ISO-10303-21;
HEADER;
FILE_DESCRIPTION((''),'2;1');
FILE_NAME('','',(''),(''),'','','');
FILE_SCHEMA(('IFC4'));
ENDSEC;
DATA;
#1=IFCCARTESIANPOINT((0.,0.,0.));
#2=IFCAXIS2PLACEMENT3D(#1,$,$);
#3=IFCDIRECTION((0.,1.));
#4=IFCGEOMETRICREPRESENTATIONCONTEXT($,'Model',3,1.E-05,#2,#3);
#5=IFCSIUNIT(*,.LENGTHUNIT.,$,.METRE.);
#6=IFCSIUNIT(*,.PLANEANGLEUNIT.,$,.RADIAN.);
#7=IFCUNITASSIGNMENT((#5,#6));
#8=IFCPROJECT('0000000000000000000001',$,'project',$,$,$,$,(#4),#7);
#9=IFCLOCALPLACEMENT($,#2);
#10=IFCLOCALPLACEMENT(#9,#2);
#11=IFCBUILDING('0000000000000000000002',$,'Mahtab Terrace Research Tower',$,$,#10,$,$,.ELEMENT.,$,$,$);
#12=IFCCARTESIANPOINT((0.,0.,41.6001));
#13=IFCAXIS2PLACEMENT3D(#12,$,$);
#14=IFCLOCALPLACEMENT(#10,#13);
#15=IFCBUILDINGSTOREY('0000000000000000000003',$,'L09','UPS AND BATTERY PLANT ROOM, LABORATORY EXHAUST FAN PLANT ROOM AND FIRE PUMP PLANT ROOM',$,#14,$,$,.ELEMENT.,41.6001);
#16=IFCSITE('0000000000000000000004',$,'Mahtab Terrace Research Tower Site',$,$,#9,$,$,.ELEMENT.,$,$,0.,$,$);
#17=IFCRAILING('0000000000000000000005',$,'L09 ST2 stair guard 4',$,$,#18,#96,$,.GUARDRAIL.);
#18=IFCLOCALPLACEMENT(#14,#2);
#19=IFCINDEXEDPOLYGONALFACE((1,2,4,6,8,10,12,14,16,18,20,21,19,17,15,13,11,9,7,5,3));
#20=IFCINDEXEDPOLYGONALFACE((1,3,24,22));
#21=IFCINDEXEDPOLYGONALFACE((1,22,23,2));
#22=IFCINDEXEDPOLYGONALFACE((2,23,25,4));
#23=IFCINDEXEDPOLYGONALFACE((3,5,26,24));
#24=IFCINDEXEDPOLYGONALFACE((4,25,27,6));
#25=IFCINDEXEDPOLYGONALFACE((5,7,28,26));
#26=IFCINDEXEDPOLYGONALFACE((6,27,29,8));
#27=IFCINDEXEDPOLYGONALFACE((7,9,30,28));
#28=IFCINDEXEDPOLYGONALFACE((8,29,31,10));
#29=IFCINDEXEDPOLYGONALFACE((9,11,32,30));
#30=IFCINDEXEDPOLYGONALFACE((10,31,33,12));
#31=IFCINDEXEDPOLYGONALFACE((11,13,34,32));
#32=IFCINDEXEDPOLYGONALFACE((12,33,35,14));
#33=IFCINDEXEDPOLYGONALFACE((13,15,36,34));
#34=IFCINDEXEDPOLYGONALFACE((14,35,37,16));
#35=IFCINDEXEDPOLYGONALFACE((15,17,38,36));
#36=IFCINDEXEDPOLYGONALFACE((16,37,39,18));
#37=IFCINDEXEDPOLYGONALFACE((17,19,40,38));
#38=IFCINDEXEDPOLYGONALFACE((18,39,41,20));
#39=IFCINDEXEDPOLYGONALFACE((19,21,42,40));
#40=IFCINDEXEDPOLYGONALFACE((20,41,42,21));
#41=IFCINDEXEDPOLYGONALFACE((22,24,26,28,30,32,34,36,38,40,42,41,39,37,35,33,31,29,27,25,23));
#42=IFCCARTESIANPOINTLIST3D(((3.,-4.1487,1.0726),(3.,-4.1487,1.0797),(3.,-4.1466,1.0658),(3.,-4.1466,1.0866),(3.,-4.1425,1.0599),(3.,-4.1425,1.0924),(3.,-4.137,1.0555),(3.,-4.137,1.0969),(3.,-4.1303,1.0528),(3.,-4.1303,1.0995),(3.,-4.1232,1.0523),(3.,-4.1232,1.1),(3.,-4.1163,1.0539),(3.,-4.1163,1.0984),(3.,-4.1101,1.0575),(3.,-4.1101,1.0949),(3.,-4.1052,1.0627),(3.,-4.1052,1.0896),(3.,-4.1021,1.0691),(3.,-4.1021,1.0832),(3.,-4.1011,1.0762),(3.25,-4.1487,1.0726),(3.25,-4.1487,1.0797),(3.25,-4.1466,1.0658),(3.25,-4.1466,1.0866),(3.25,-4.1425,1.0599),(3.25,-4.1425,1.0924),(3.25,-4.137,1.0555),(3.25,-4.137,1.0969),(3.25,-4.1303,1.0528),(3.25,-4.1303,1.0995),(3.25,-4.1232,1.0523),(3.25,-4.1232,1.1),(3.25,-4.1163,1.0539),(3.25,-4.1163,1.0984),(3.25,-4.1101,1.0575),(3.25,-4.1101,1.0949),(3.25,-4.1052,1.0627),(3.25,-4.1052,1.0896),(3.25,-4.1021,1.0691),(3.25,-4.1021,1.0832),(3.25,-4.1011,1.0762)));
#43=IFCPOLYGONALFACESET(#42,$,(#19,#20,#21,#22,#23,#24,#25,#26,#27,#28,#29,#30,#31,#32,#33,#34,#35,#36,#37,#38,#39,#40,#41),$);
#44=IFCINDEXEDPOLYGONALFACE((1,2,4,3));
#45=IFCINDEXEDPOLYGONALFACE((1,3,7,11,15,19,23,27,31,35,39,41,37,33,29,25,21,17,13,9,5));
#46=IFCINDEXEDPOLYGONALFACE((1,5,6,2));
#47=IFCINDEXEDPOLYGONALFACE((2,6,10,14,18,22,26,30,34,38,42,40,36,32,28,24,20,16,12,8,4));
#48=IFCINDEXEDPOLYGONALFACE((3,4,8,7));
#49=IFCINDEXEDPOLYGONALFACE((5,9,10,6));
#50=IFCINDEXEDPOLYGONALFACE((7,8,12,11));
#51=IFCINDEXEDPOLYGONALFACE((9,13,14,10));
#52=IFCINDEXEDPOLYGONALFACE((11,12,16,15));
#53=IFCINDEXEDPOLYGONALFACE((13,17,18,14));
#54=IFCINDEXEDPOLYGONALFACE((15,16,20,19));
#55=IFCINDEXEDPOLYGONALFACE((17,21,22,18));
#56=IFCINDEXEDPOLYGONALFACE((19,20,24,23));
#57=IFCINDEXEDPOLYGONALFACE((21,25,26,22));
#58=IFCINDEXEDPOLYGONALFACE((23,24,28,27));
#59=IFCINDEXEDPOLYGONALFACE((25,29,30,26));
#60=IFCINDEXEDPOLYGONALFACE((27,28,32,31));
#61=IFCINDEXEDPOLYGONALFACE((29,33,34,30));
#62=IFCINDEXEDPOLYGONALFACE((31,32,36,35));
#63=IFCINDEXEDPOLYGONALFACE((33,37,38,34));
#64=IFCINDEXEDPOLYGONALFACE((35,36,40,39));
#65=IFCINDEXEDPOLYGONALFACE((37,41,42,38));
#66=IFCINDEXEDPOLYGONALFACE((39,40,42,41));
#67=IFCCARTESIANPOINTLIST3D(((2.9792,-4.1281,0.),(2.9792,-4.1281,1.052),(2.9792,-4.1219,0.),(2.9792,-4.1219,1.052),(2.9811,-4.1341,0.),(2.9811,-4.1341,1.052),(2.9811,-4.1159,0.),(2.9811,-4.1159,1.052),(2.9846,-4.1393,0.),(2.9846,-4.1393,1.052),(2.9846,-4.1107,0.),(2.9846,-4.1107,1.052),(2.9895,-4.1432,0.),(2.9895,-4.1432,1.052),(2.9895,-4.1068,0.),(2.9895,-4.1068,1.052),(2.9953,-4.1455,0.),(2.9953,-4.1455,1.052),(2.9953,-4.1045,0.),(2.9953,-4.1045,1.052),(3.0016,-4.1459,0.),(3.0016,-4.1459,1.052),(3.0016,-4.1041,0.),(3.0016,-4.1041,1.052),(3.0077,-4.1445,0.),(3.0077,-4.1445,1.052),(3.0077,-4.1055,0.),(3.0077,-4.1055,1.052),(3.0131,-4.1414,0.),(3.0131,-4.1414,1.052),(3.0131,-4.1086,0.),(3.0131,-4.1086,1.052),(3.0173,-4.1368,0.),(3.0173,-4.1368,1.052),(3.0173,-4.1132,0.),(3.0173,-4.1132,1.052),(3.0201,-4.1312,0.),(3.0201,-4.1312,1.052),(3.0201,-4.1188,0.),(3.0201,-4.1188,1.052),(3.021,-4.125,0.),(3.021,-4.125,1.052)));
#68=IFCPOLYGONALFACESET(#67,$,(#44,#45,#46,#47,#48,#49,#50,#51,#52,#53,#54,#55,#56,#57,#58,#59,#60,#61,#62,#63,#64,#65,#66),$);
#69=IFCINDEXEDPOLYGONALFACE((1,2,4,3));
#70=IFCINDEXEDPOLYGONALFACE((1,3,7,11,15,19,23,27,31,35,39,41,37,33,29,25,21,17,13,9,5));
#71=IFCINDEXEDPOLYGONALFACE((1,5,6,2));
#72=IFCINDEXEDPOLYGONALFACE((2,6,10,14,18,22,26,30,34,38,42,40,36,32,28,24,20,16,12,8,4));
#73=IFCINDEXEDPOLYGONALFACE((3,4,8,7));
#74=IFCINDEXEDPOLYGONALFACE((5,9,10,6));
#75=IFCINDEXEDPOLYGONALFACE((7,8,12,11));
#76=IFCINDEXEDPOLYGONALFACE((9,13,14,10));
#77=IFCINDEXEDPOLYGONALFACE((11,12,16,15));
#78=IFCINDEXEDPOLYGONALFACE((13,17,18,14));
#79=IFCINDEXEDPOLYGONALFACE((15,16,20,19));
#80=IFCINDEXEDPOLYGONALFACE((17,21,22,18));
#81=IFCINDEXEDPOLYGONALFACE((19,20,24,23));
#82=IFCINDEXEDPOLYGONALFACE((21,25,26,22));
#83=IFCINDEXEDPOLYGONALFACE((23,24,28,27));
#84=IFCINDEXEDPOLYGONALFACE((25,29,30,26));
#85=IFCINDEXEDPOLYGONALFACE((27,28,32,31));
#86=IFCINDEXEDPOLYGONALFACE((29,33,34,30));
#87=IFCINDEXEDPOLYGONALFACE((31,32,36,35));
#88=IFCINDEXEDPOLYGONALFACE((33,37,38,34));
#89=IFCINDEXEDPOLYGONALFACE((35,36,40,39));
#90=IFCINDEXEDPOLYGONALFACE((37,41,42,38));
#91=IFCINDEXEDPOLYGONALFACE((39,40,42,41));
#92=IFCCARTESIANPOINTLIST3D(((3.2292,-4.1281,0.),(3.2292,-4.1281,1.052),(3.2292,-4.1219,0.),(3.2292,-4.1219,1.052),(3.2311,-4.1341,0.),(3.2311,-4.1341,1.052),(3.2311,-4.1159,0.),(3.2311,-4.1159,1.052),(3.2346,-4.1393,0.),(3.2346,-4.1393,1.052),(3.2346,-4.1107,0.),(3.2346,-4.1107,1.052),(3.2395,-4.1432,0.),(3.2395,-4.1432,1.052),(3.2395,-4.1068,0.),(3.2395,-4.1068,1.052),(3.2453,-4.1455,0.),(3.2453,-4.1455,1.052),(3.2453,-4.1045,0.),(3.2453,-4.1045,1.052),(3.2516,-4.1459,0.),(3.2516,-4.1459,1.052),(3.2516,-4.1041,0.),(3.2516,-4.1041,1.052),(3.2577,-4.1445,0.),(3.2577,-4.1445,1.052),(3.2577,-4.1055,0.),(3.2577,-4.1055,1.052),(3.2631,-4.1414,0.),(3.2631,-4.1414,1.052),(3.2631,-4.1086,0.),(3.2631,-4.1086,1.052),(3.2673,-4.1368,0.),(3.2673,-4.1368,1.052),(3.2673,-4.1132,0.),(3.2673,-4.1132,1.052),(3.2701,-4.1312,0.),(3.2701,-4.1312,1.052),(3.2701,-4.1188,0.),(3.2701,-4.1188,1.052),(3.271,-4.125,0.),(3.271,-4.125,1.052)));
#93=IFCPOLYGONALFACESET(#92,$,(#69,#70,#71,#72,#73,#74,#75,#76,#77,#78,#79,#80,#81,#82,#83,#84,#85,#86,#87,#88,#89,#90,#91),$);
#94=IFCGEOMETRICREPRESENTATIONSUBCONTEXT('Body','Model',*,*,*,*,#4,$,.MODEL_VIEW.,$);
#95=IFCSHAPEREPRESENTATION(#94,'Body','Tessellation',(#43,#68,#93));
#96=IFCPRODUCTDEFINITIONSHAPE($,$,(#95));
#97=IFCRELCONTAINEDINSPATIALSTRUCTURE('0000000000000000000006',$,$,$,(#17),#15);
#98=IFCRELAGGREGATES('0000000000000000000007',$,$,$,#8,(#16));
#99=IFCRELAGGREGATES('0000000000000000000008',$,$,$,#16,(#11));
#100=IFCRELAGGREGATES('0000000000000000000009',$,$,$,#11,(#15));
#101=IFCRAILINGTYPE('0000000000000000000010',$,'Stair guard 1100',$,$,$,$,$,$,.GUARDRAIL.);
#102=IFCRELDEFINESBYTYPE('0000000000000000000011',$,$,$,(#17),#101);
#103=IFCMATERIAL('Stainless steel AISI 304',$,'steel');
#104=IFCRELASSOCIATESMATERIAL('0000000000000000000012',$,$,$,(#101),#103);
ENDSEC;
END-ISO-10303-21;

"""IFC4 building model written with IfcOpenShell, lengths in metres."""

from ifc_helpers import new_model, si_unit, direction, frame, origin, origin_2d, place, context, subcontext, project, spatial, circle, extrude, material, type_object, element, save


model = new_model("IFC4")

# Units and contexts
model_context = context("Model", 3, precision=1e-05, world=origin(), true_north=direction((0.0, 1.0)))
body_context = subcontext(model_context, "Body", "Model", "MODEL_VIEW")
ifc_project = project(units=[si_unit("LENGTHUNIT", "METRE"), si_unit("PLANEANGLEUNIT", "RADIAN")], contexts=[model_context])

# Site, building, storey
site_placement = place(None, origin())
site = spatial("IfcSite", under=ifc_project, at=site_placement, Name="Mahtab Terrace Research Tower Site", CompositionType="ELEMENT", RefElevation=0.0)
building_placement = place(site_placement, origin())
building = spatial("IfcBuilding", under=site, at=building_placement, Name="Mahtab Terrace Research Tower", CompositionType="ELEMENT")
storey_placement = place(building_placement, frame((0.0, 0.0, 41.6001)))
storey = spatial("IfcBuildingStorey", under=building, at=storey_placement, Name="L09", Description="UPS AND BATTERY PLANT ROOM, LABORATORY EXHAUST FAN PLANT ROOM AND FIRE PUMP PLANT ROOM", CompositionType="ELEMENT", Elevation=41.6001)

# Railing
ifc_material_1 = material(Name="Stainless steel AISI 304", Category="steel")
railing_type_1 = type_object("IfcRailingType", Name="Stair guard 1100", PredefinedType="GUARDRAIL", material=ifc_material_1)
railing_1_placement = place(storey_placement, frame((3.0, -4.125, 0.0)))
element("IfcRailing", 1, at=railing_1_placement, inside=storey, type_object=railing_type_1, Name="L09 ST2 stair guard 4", PredefinedType="GUARDRAIL", context=body_context, shape_type="SweptSolid", body=[
    extrude(circle(Radius=0.0239, at=origin_2d()), frame((0.0, 0.0, 1.0762), z_axis=(1.0, 0.0, 0.0), x_axis=(0.0, 1.0, 0.0)), (0.0, 0.0, 1.0), 0.25),
    extrude(circle(Radius=0.021, at=origin_2d()), origin(), (0.0, 0.0, 1.0), 1.052),
    extrude(circle(Radius=0.021, at=origin_2d()), frame((0.25, 0.0, 0.0)), (0.0, 0.0, 1.0), 1.052),
])

save(model, "model.ifc")
